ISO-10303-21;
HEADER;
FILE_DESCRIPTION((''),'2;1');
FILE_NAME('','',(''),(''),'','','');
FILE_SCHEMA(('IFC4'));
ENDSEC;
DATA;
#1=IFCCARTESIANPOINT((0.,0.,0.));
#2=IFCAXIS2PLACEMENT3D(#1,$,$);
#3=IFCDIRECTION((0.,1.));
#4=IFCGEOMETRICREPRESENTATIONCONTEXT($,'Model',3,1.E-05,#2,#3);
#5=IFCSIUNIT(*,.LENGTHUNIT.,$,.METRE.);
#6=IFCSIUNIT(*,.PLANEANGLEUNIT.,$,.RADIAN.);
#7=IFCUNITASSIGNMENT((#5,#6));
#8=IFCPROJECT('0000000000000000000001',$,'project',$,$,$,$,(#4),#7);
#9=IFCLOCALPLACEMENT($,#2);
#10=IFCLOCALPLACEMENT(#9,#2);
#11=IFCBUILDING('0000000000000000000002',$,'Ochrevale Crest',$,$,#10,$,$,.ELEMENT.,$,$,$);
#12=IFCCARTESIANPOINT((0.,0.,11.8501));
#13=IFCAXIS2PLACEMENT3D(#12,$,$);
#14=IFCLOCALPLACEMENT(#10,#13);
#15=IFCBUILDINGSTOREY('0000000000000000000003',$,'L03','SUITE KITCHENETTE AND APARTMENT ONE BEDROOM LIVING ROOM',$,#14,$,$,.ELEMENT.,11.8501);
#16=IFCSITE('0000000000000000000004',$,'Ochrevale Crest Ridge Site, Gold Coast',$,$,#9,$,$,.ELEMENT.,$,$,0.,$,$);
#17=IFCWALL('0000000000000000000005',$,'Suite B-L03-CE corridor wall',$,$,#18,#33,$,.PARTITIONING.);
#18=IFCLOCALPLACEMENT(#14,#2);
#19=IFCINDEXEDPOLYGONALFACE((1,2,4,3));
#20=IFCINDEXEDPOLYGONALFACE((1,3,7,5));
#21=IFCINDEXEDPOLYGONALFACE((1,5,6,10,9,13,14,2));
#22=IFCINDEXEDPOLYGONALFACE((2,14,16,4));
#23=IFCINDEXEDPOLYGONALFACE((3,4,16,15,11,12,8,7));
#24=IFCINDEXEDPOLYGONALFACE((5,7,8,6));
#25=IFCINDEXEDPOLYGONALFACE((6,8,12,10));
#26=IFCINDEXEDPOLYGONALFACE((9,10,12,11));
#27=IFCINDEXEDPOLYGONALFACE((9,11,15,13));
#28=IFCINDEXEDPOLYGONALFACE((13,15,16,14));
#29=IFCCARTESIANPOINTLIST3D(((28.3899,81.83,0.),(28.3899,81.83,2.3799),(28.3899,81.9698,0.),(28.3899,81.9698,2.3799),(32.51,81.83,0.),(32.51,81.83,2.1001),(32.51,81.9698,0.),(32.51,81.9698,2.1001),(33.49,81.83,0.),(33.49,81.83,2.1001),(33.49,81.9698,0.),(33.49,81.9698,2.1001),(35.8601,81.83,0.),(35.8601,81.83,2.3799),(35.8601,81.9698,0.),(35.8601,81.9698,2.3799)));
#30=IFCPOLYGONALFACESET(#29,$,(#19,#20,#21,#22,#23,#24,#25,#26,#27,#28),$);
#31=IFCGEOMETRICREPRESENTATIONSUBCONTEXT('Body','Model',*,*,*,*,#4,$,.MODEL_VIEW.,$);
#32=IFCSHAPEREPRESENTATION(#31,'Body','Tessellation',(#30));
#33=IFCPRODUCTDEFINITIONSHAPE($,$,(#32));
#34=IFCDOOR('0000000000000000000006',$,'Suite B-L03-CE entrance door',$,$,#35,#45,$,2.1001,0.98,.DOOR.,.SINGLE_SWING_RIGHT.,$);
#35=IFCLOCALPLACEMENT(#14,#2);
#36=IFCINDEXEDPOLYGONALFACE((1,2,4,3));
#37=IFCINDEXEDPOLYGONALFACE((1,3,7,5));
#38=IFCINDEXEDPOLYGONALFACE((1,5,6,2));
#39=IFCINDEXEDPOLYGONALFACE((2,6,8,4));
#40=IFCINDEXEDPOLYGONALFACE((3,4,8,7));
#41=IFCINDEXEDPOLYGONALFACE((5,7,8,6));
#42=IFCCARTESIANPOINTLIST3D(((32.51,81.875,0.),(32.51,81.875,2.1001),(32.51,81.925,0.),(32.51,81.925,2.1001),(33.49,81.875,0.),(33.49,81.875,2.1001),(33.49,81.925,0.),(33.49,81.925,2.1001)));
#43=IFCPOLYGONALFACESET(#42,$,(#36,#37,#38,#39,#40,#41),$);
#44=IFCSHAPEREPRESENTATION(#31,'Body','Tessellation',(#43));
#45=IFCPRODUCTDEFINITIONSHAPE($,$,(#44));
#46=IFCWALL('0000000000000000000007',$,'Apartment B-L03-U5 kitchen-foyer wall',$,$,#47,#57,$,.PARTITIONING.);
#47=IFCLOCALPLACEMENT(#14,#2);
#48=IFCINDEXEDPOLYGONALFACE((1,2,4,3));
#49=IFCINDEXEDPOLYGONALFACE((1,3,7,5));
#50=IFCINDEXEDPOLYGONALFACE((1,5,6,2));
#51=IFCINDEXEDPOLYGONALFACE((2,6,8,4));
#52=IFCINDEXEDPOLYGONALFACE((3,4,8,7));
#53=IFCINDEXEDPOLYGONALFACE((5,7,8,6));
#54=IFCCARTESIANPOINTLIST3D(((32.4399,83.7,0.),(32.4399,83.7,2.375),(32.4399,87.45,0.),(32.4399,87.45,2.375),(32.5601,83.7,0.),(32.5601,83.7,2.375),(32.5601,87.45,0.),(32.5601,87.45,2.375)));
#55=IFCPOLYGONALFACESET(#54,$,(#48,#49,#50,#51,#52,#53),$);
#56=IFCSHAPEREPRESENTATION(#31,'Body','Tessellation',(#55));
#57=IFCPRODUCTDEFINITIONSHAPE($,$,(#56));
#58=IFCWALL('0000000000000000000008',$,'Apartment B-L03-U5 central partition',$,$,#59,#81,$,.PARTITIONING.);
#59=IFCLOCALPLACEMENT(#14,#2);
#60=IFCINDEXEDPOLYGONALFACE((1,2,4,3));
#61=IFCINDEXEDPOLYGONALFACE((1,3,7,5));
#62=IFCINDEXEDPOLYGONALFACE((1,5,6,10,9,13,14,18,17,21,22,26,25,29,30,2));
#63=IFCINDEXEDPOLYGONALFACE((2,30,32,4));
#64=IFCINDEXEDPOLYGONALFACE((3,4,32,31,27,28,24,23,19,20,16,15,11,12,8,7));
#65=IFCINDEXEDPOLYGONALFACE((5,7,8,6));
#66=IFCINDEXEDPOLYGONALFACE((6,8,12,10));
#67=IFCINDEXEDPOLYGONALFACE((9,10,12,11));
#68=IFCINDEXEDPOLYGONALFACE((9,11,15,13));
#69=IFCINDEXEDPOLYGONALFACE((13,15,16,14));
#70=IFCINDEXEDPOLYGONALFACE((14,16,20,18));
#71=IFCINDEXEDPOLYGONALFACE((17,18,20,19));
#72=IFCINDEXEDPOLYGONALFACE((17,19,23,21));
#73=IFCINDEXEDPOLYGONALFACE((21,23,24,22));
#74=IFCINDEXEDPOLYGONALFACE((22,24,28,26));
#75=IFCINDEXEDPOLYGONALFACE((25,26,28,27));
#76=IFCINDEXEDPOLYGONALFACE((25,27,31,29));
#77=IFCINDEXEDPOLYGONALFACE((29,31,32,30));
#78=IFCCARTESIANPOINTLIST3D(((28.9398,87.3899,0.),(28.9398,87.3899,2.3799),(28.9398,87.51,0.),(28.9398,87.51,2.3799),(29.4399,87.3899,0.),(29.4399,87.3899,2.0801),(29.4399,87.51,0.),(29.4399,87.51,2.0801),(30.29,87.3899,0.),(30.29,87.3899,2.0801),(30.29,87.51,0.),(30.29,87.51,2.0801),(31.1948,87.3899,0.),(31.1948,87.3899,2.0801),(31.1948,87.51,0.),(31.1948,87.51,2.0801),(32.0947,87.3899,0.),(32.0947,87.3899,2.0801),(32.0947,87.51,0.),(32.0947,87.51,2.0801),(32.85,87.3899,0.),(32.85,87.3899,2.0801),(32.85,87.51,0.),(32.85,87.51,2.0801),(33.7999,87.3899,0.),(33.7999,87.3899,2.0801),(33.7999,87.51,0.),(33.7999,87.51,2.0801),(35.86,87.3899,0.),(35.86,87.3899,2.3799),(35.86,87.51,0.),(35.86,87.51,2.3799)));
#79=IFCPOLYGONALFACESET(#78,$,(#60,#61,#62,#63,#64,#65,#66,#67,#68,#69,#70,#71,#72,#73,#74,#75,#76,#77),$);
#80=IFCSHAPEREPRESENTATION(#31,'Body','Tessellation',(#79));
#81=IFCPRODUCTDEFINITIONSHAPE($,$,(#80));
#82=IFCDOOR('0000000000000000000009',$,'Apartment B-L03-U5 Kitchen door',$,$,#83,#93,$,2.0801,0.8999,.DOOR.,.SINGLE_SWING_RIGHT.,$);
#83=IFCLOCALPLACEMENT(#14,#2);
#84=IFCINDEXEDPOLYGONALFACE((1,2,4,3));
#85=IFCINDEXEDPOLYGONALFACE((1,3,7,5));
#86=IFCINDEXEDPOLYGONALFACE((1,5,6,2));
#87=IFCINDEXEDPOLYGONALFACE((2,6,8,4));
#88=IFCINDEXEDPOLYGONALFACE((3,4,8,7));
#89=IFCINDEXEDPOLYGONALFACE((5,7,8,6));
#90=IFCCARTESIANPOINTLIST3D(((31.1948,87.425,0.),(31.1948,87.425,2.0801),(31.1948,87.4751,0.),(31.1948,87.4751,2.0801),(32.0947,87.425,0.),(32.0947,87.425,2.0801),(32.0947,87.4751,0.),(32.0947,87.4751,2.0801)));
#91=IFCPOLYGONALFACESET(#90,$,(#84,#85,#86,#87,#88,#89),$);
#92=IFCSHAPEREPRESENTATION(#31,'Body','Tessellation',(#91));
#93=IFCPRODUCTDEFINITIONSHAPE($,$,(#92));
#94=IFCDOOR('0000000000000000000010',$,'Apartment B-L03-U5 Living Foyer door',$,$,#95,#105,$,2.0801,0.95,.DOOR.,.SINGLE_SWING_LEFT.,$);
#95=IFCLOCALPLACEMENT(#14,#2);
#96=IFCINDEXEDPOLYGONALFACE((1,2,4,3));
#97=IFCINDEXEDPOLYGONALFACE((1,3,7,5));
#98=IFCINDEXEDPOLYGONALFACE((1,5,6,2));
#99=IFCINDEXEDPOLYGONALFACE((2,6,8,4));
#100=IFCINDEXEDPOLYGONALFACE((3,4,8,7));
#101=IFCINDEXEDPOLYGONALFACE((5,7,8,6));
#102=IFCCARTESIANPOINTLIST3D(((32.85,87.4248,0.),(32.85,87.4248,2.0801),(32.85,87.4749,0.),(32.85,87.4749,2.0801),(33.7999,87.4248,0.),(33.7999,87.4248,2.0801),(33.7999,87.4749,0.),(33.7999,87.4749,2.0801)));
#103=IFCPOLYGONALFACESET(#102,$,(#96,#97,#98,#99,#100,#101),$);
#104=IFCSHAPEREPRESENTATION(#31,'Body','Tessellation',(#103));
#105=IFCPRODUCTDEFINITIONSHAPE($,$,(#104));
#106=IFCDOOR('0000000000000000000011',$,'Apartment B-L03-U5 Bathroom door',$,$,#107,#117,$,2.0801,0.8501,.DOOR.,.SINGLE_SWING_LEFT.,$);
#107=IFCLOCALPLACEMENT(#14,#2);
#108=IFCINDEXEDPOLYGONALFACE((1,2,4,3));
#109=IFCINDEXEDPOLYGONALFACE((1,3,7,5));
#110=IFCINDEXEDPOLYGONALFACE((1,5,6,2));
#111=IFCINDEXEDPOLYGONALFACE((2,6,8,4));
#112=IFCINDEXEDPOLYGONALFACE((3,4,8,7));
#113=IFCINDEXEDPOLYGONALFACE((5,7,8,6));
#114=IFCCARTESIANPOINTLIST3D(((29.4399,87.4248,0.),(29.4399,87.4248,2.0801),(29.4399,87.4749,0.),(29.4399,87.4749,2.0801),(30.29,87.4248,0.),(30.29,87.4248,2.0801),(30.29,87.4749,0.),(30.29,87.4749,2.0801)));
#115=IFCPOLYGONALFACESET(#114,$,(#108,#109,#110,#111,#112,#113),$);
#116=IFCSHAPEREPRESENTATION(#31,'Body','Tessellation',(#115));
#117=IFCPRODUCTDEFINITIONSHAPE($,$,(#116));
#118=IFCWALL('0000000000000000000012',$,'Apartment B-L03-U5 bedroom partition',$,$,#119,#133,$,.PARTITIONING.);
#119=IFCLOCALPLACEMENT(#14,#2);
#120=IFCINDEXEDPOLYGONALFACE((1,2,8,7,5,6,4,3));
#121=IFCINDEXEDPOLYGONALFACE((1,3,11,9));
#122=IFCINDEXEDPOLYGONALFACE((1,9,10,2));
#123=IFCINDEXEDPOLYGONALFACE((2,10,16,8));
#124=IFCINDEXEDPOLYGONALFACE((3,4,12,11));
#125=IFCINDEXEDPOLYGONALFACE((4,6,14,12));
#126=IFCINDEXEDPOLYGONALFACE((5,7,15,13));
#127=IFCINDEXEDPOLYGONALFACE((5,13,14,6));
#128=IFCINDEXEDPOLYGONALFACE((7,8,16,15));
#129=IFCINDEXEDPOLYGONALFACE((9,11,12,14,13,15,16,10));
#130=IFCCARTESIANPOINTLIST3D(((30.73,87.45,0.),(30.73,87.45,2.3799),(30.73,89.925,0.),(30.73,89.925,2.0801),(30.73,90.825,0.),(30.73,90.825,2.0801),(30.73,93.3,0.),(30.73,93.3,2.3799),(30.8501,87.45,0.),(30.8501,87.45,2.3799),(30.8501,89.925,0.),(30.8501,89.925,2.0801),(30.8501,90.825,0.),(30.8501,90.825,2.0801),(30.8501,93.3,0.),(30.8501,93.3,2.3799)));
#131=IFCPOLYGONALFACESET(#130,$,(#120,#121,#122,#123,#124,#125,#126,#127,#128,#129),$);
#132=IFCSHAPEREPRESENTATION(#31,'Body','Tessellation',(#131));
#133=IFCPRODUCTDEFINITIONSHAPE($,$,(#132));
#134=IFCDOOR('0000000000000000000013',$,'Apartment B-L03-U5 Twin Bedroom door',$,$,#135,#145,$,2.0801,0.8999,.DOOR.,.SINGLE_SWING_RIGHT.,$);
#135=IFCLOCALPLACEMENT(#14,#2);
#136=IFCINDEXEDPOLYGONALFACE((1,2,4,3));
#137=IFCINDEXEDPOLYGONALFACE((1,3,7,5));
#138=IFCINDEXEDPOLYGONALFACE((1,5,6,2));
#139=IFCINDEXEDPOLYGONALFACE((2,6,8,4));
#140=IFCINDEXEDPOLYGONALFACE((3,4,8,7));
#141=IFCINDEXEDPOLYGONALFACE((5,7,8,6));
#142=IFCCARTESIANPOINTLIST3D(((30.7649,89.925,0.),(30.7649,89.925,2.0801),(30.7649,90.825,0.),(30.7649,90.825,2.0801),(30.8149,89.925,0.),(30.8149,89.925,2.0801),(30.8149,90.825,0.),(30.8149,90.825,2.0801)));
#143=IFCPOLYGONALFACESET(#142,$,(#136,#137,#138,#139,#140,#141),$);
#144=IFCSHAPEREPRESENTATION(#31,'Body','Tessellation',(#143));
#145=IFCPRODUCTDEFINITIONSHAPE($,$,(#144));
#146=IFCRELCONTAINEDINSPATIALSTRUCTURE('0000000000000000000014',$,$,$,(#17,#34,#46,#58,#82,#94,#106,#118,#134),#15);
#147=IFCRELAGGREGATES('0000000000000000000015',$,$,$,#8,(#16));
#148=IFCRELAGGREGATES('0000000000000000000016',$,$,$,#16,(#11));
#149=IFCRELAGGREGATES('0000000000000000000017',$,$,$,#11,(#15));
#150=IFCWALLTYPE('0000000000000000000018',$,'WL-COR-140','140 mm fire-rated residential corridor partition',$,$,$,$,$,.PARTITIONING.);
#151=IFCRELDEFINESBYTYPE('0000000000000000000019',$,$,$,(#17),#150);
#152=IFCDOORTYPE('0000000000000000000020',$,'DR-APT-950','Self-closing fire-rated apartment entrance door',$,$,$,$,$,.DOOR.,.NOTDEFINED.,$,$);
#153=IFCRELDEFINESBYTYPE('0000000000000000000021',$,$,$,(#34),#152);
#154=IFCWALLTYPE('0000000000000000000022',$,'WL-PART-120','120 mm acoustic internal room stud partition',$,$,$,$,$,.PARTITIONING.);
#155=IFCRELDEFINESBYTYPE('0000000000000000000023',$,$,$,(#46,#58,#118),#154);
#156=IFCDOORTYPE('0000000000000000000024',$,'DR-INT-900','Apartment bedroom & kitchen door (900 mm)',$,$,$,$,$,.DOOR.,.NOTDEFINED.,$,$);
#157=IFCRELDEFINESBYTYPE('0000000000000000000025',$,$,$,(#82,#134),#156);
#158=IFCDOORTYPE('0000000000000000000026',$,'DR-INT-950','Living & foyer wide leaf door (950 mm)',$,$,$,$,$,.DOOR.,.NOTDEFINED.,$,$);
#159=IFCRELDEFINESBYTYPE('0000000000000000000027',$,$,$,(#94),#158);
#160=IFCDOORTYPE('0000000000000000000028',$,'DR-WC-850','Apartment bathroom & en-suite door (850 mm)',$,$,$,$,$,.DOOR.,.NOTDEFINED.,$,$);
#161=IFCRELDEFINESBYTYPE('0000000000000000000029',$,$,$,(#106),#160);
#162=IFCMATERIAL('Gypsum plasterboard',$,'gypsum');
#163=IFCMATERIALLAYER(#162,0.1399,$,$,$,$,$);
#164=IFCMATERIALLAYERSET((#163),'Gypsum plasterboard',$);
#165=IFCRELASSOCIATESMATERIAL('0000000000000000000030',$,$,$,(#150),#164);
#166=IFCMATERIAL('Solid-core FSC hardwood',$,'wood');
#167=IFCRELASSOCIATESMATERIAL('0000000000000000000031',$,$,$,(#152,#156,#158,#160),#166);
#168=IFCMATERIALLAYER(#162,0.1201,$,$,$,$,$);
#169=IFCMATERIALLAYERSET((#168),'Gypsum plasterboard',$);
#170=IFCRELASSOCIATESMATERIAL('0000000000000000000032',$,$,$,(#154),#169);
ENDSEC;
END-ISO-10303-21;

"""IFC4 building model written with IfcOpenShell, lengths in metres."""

from ifc_helpers import new_model, si_unit, direction, frame, frame_2d, origin, place, context, subcontext, project, spatial, rectangle, extrude, material, layer, layer_set, type_object, element, fill, save


model = new_model("IFC4")

# Units and contexts
model_context = context("Model", 3, precision=1e-05, world=origin(), true_north=direction((0.0, 1.0)))
body_context = subcontext(model_context, "Body", "Model", "MODEL_VIEW")
ifc_project = project(units=[si_unit("LENGTHUNIT", "METRE"), si_unit("PLANEANGLEUNIT", "RADIAN")], contexts=[model_context])

# Site, building, storey
site_placement = place(None, origin())
site = spatial("IfcSite", under=ifc_project, at=site_placement, Name="Ochrevale Crest Ridge Site, Gold Coast", CompositionType="ELEMENT", RefElevation=0.0)
building_placement = place(site_placement, origin())
building = spatial("IfcBuilding", under=site, at=building_placement, Name="Ochrevale Crest", CompositionType="ELEMENT")
storey_placement = place(building_placement, frame((0.0, 0.0, 11.8501)))
storey = spatial("IfcBuildingStorey", under=building, at=storey_placement, Name="L03", Description="SUITE KITCHENETTE AND APARTMENT ONE BEDROOM LIVING ROOM", CompositionType="ELEMENT", Elevation=11.8501)

# Wall, opening, door
ifc_material_1 = material(Name="Gypsum plasterboard", Category="gypsum")
ifc_layer_1 = layer(ifc_material_1, 0.1399)
ifc_layer_set_1 = layer_set([ifc_layer_1], Name="Gypsum plasterboard")
wall_type_1 = type_object("IfcWallType", Name="WL-COR-140", Description="140 mm fire-rated residential corridor partition", PredefinedType="PARTITIONING", material=ifc_layer_set_1)
ifc_material_2 = material(Name="Solid-core FSC hardwood", Category="wood")
door_type_1 = type_object("IfcDoorType", Name="DR-APT-950", Description="Self-closing fire-rated apartment entrance door", OperationType="NOTDEFINED", PredefinedType="DOOR", material=ifc_material_2)
wall_1_placement = place(storey_placement, frame((28.3899, 81.8999, 0.0), z_axis=(0.0, 0.0, 1.0), x_axis=(1.0, 0.0, 0.0)))
wall_1 = element("IfcWall", 1, at=wall_1_placement, inside=storey, type_object=wall_type_1, Name="Suite B-L03-CE corridor wall", PredefinedType="PARTITIONING", context=body_context, shape_type="SweptSolid", body=[
    extrude(rectangle(XDim=7.4702, YDim=0.1399, at=frame_2d((3.7351, 0.0))), origin(), (0.0, 0.0, 1.0), 2.3799),
])
opening_1_placement = place(wall_1_placement, frame((5.1001, 0.0, 0.0), z_axis=(0.0, 0.0, 1.0), x_axis=(-1.0, 0.0, 0.0)))
opening_1 = element("IfcOpeningElement", 2, at=opening_1_placement, cuts=wall_1, PredefinedType="OPENING", context=body_context, shape_type="SweptSolid", body=[
    extrude(rectangle(XDim=0.98, YDim=2.1001, at=frame_2d((0.49, 1.05))), frame((0.0, 0.0801, 0.0), z_axis=(0.0, -1.0, 0.0), x_axis=(1.0, 0.0, 0.0)), (0.0, 0.0, 1.0), 0.1599),
])
door_1_placement = place(opening_1_placement, origin())
door_1 = element("IfcDoor", 3, at=door_1_placement, inside=storey, type_object=door_type_1, Name="Suite B-L03-CE entrance door", OperationType="SINGLE_SWING_RIGHT", OverallHeight=2.1001, OverallWidth=0.98, PredefinedType="DOOR", context=body_context, shape_type="SweptSolid", body=[
    extrude(rectangle(XDim=0.98, YDim=2.1001, at=frame_2d((0.49, 1.05))), frame((0.0, 0.0249, 0.0), z_axis=(0.0, -1.0, 0.0), x_axis=(1.0, 0.0, 0.0)), (0.0, 0.0, 1.0), 0.05),
])
fill(opening_1, door_1)

# Wall
ifc_layer_2 = layer(ifc_material_1, 0.1201)
ifc_layer_set_2 = layer_set([ifc_layer_2], Name="Gypsum plasterboard")
wall_type_2 = type_object("IfcWallType", Name="WL-PART-120", Description="120 mm acoustic internal room stud partition", PredefinedType="PARTITIONING", material=ifc_layer_set_2)
wall_2_placement = place(storey_placement, frame((32.5, 83.7, 0.0), z_axis=(0.0, 0.0, 1.0), x_axis=(0.0, 1.0, 0.0)))
element("IfcWall", 4, at=wall_2_placement, inside=storey, type_object=wall_type_2, Name="Apartment B-L03-U5 kitchen-foyer wall", PredefinedType="PARTITIONING", context=body_context, shape_type="SweptSolid", body=[
    extrude(rectangle(XDim=3.75, YDim=0.1201, at=frame_2d((1.875, 0.0))), origin(), (0.0, 0.0, 1.0), 2.375),
])

# Wall, openings, doors
wall_3_placement = place(storey_placement, frame((28.9399, 87.45, 0.0), z_axis=(0.0, 0.0, 1.0), x_axis=(1.0, 0.0, 0.0)))
wall_3 = element("IfcWall", 5, at=wall_3_placement, inside=storey, type_object=wall_type_2, Name="Apartment B-L03-U5 central partition", PredefinedType="PARTITIONING", context=body_context, shape_type="SweptSolid", body=[
    extrude(rectangle(XDim=6.9202, YDim=0.1201, at=frame_2d((3.46, 0.0))), origin(), (0.0, 0.0, 1.0), 2.3799),
])
opening_2_placement = place(wall_3_placement, frame((0.5, 0.0, 0.0)))
opening_2 = element("IfcOpeningElement", 6, at=opening_2_placement, cuts=wall_3, PredefinedType="OPENING", context=body_context, shape_type="SweptSolid", body=[
    extrude(rectangle(XDim=0.8501, YDim=2.0801, at=frame_2d((0.425, 1.04))), frame((0.0, 0.0701, 0.0), z_axis=(0.0, -1.0, 0.0), x_axis=(1.0, 0.0, 0.0)), (0.0, 0.0, 1.0), 0.1401),
])
opening_3_placement = place(wall_3_placement, frame((3.1548, 0.0, 0.0), z_axis=(0.0, 0.0, 1.0), x_axis=(-1.0, 0.0, 0.0)))
opening_3 = element("IfcOpeningElement", 7, at=opening_3_placement, cuts=wall_3, PredefinedType="OPENING", context=body_context, shape_type="SweptSolid", body=[
    extrude(rectangle(XDim=0.8999, YDim=2.0801, at=frame_2d((0.45, 1.04))), frame((0.0, 0.0701, 0.0), z_axis=(0.0, -1.0, 0.0), x_axis=(1.0, 0.0, 0.0)), (0.0, 0.0, 1.0), 0.1401),
])
opening_4_placement = place(wall_3_placement, frame((3.9099, 0.0, 0.0)))
opening_4 = element("IfcOpeningElement", 8, at=opening_4_placement, cuts=wall_3, PredefinedType="OPENING", context=body_context, shape_type="SweptSolid", body=[
    extrude(rectangle(XDim=0.95, YDim=2.0801, at=frame_2d((0.4751, 1.04))), frame((0.0, 0.0701, 0.0), z_axis=(0.0, -1.0, 0.0), x_axis=(1.0, 0.0, 0.0)), (0.0, 0.0, 1.0), 0.1401),
])
door_type_2 = type_object("IfcDoorType", Name="DR-INT-900", Description="Apartment bedroom & kitchen door (900 mm)", OperationType="NOTDEFINED", PredefinedType="DOOR", material=ifc_material_2)
door_2_placement = place(opening_3_placement, origin())
door_2 = element("IfcDoor", 9, at=door_2_placement, inside=storey, type_object=door_type_2, Name="Apartment B-L03-U5 Kitchen door", OperationType="SINGLE_SWING_RIGHT", OverallHeight=2.0801, OverallWidth=0.8999, PredefinedType="DOOR", context=body_context, shape_type="SweptSolid", body=[
    extrude(rectangle(XDim=0.8999, YDim=2.0801, at=frame_2d((0.45, 1.04))), frame((0.0, 0.0249, 0.0), z_axis=(0.0, -1.0, 0.0), x_axis=(1.0, 0.0, 0.0)), (0.0, 0.0, 1.0), 0.05),
])
fill(opening_3, door_2)
door_type_3 = type_object("IfcDoorType", Name="DR-INT-950", Description="Living & foyer wide leaf door (950 mm)", OperationType="NOTDEFINED", PredefinedType="DOOR", material=ifc_material_2)
door_3_placement = place(opening_4_placement, origin())
door_3 = element("IfcDoor", 10, at=door_3_placement, inside=storey, type_object=door_type_3, Name="Apartment B-L03-U5 Living Foyer door", OperationType="SINGLE_SWING_LEFT", OverallHeight=2.0801, OverallWidth=0.95, PredefinedType="DOOR", context=body_context, shape_type="SweptSolid", body=[
    extrude(rectangle(XDim=0.95, YDim=2.0801, at=frame_2d((0.4751, 1.04))), frame((0.0, 0.0249, 0.0), z_axis=(0.0, -1.0, 0.0), x_axis=(1.0, 0.0, 0.0)), (0.0, 0.0, 1.0), 0.05),
])
fill(opening_4, door_3)
door_type_4 = type_object("IfcDoorType", Name="DR-WC-850", Description="Apartment bathroom & en-suite door (850 mm)", OperationType="NOTDEFINED", PredefinedType="DOOR", material=ifc_material_2)
door_4_placement = place(opening_2_placement, origin())
door_4 = element("IfcDoor", 11, at=door_4_placement, inside=storey, type_object=door_type_4, Name="Apartment B-L03-U5 Bathroom door", OperationType="SINGLE_SWING_LEFT", OverallHeight=2.0801, OverallWidth=0.8501, PredefinedType="DOOR", context=body_context, shape_type="SweptSolid", body=[
    extrude(rectangle(XDim=0.8501, YDim=2.0801, at=frame_2d((0.425, 1.04))), frame((0.0, 0.0249, 0.0), z_axis=(0.0, -1.0, 0.0), x_axis=(1.0, 0.0, 0.0)), (0.0, 0.0, 1.0), 0.05),
])
fill(opening_2, door_4)

# Wall, opening, door
wall_4_placement = place(storey_placement, frame((30.79, 87.45, 0.0), z_axis=(0.0, 0.0, 1.0), x_axis=(0.0, 1.0, 0.0)))
wall_4 = element("IfcWall", 12, at=wall_4_placement, inside=storey, type_object=wall_type_2, Name="Apartment B-L03-U5 bedroom partition", PredefinedType="PARTITIONING", context=body_context, shape_type="SweptSolid", body=[
    extrude(rectangle(XDim=5.8501, YDim=0.1201, at=frame_2d((2.925, 0.0))), origin(), (0.0, 0.0, 1.0), 2.3799),
])
opening_5_placement = place(wall_4_placement, frame((3.375, 0.0, 0.0), z_axis=(0.0, 0.0, 1.0), x_axis=(-1.0, 0.0, 0.0)))
opening_5 = element("IfcOpeningElement", 13, at=opening_5_placement, cuts=wall_4, PredefinedType="OPENING", context=body_context, shape_type="SweptSolid", body=[
    extrude(rectangle(XDim=0.8999, YDim=2.0801, at=frame_2d((0.45, 1.04))), frame((0.0, 0.0701, 0.0), z_axis=(0.0, -1.0, 0.0), x_axis=(1.0, 0.0, 0.0)), (0.0, 0.0, 1.0), 0.1401),
])
door_5_placement = place(opening_5_placement, origin())
door_5 = element("IfcDoor", 14, at=door_5_placement, inside=storey, type_object=door_type_2, Name="Apartment B-L03-U5 Twin Bedroom door", OperationType="SINGLE_SWING_RIGHT", OverallHeight=2.0801, OverallWidth=0.8999, PredefinedType="DOOR", context=body_context, shape_type="SweptSolid", body=[
    extrude(rectangle(XDim=0.8999, YDim=2.0801, at=frame_2d((0.45, 1.04))), frame((0.0, 0.0249, 0.0), z_axis=(0.0, -1.0, 0.0), x_axis=(1.0, 0.0, 0.0)), (0.0, 0.0, 1.0), 0.05),
])
fill(opening_5, door_5)

save(model, "model.ifc")
